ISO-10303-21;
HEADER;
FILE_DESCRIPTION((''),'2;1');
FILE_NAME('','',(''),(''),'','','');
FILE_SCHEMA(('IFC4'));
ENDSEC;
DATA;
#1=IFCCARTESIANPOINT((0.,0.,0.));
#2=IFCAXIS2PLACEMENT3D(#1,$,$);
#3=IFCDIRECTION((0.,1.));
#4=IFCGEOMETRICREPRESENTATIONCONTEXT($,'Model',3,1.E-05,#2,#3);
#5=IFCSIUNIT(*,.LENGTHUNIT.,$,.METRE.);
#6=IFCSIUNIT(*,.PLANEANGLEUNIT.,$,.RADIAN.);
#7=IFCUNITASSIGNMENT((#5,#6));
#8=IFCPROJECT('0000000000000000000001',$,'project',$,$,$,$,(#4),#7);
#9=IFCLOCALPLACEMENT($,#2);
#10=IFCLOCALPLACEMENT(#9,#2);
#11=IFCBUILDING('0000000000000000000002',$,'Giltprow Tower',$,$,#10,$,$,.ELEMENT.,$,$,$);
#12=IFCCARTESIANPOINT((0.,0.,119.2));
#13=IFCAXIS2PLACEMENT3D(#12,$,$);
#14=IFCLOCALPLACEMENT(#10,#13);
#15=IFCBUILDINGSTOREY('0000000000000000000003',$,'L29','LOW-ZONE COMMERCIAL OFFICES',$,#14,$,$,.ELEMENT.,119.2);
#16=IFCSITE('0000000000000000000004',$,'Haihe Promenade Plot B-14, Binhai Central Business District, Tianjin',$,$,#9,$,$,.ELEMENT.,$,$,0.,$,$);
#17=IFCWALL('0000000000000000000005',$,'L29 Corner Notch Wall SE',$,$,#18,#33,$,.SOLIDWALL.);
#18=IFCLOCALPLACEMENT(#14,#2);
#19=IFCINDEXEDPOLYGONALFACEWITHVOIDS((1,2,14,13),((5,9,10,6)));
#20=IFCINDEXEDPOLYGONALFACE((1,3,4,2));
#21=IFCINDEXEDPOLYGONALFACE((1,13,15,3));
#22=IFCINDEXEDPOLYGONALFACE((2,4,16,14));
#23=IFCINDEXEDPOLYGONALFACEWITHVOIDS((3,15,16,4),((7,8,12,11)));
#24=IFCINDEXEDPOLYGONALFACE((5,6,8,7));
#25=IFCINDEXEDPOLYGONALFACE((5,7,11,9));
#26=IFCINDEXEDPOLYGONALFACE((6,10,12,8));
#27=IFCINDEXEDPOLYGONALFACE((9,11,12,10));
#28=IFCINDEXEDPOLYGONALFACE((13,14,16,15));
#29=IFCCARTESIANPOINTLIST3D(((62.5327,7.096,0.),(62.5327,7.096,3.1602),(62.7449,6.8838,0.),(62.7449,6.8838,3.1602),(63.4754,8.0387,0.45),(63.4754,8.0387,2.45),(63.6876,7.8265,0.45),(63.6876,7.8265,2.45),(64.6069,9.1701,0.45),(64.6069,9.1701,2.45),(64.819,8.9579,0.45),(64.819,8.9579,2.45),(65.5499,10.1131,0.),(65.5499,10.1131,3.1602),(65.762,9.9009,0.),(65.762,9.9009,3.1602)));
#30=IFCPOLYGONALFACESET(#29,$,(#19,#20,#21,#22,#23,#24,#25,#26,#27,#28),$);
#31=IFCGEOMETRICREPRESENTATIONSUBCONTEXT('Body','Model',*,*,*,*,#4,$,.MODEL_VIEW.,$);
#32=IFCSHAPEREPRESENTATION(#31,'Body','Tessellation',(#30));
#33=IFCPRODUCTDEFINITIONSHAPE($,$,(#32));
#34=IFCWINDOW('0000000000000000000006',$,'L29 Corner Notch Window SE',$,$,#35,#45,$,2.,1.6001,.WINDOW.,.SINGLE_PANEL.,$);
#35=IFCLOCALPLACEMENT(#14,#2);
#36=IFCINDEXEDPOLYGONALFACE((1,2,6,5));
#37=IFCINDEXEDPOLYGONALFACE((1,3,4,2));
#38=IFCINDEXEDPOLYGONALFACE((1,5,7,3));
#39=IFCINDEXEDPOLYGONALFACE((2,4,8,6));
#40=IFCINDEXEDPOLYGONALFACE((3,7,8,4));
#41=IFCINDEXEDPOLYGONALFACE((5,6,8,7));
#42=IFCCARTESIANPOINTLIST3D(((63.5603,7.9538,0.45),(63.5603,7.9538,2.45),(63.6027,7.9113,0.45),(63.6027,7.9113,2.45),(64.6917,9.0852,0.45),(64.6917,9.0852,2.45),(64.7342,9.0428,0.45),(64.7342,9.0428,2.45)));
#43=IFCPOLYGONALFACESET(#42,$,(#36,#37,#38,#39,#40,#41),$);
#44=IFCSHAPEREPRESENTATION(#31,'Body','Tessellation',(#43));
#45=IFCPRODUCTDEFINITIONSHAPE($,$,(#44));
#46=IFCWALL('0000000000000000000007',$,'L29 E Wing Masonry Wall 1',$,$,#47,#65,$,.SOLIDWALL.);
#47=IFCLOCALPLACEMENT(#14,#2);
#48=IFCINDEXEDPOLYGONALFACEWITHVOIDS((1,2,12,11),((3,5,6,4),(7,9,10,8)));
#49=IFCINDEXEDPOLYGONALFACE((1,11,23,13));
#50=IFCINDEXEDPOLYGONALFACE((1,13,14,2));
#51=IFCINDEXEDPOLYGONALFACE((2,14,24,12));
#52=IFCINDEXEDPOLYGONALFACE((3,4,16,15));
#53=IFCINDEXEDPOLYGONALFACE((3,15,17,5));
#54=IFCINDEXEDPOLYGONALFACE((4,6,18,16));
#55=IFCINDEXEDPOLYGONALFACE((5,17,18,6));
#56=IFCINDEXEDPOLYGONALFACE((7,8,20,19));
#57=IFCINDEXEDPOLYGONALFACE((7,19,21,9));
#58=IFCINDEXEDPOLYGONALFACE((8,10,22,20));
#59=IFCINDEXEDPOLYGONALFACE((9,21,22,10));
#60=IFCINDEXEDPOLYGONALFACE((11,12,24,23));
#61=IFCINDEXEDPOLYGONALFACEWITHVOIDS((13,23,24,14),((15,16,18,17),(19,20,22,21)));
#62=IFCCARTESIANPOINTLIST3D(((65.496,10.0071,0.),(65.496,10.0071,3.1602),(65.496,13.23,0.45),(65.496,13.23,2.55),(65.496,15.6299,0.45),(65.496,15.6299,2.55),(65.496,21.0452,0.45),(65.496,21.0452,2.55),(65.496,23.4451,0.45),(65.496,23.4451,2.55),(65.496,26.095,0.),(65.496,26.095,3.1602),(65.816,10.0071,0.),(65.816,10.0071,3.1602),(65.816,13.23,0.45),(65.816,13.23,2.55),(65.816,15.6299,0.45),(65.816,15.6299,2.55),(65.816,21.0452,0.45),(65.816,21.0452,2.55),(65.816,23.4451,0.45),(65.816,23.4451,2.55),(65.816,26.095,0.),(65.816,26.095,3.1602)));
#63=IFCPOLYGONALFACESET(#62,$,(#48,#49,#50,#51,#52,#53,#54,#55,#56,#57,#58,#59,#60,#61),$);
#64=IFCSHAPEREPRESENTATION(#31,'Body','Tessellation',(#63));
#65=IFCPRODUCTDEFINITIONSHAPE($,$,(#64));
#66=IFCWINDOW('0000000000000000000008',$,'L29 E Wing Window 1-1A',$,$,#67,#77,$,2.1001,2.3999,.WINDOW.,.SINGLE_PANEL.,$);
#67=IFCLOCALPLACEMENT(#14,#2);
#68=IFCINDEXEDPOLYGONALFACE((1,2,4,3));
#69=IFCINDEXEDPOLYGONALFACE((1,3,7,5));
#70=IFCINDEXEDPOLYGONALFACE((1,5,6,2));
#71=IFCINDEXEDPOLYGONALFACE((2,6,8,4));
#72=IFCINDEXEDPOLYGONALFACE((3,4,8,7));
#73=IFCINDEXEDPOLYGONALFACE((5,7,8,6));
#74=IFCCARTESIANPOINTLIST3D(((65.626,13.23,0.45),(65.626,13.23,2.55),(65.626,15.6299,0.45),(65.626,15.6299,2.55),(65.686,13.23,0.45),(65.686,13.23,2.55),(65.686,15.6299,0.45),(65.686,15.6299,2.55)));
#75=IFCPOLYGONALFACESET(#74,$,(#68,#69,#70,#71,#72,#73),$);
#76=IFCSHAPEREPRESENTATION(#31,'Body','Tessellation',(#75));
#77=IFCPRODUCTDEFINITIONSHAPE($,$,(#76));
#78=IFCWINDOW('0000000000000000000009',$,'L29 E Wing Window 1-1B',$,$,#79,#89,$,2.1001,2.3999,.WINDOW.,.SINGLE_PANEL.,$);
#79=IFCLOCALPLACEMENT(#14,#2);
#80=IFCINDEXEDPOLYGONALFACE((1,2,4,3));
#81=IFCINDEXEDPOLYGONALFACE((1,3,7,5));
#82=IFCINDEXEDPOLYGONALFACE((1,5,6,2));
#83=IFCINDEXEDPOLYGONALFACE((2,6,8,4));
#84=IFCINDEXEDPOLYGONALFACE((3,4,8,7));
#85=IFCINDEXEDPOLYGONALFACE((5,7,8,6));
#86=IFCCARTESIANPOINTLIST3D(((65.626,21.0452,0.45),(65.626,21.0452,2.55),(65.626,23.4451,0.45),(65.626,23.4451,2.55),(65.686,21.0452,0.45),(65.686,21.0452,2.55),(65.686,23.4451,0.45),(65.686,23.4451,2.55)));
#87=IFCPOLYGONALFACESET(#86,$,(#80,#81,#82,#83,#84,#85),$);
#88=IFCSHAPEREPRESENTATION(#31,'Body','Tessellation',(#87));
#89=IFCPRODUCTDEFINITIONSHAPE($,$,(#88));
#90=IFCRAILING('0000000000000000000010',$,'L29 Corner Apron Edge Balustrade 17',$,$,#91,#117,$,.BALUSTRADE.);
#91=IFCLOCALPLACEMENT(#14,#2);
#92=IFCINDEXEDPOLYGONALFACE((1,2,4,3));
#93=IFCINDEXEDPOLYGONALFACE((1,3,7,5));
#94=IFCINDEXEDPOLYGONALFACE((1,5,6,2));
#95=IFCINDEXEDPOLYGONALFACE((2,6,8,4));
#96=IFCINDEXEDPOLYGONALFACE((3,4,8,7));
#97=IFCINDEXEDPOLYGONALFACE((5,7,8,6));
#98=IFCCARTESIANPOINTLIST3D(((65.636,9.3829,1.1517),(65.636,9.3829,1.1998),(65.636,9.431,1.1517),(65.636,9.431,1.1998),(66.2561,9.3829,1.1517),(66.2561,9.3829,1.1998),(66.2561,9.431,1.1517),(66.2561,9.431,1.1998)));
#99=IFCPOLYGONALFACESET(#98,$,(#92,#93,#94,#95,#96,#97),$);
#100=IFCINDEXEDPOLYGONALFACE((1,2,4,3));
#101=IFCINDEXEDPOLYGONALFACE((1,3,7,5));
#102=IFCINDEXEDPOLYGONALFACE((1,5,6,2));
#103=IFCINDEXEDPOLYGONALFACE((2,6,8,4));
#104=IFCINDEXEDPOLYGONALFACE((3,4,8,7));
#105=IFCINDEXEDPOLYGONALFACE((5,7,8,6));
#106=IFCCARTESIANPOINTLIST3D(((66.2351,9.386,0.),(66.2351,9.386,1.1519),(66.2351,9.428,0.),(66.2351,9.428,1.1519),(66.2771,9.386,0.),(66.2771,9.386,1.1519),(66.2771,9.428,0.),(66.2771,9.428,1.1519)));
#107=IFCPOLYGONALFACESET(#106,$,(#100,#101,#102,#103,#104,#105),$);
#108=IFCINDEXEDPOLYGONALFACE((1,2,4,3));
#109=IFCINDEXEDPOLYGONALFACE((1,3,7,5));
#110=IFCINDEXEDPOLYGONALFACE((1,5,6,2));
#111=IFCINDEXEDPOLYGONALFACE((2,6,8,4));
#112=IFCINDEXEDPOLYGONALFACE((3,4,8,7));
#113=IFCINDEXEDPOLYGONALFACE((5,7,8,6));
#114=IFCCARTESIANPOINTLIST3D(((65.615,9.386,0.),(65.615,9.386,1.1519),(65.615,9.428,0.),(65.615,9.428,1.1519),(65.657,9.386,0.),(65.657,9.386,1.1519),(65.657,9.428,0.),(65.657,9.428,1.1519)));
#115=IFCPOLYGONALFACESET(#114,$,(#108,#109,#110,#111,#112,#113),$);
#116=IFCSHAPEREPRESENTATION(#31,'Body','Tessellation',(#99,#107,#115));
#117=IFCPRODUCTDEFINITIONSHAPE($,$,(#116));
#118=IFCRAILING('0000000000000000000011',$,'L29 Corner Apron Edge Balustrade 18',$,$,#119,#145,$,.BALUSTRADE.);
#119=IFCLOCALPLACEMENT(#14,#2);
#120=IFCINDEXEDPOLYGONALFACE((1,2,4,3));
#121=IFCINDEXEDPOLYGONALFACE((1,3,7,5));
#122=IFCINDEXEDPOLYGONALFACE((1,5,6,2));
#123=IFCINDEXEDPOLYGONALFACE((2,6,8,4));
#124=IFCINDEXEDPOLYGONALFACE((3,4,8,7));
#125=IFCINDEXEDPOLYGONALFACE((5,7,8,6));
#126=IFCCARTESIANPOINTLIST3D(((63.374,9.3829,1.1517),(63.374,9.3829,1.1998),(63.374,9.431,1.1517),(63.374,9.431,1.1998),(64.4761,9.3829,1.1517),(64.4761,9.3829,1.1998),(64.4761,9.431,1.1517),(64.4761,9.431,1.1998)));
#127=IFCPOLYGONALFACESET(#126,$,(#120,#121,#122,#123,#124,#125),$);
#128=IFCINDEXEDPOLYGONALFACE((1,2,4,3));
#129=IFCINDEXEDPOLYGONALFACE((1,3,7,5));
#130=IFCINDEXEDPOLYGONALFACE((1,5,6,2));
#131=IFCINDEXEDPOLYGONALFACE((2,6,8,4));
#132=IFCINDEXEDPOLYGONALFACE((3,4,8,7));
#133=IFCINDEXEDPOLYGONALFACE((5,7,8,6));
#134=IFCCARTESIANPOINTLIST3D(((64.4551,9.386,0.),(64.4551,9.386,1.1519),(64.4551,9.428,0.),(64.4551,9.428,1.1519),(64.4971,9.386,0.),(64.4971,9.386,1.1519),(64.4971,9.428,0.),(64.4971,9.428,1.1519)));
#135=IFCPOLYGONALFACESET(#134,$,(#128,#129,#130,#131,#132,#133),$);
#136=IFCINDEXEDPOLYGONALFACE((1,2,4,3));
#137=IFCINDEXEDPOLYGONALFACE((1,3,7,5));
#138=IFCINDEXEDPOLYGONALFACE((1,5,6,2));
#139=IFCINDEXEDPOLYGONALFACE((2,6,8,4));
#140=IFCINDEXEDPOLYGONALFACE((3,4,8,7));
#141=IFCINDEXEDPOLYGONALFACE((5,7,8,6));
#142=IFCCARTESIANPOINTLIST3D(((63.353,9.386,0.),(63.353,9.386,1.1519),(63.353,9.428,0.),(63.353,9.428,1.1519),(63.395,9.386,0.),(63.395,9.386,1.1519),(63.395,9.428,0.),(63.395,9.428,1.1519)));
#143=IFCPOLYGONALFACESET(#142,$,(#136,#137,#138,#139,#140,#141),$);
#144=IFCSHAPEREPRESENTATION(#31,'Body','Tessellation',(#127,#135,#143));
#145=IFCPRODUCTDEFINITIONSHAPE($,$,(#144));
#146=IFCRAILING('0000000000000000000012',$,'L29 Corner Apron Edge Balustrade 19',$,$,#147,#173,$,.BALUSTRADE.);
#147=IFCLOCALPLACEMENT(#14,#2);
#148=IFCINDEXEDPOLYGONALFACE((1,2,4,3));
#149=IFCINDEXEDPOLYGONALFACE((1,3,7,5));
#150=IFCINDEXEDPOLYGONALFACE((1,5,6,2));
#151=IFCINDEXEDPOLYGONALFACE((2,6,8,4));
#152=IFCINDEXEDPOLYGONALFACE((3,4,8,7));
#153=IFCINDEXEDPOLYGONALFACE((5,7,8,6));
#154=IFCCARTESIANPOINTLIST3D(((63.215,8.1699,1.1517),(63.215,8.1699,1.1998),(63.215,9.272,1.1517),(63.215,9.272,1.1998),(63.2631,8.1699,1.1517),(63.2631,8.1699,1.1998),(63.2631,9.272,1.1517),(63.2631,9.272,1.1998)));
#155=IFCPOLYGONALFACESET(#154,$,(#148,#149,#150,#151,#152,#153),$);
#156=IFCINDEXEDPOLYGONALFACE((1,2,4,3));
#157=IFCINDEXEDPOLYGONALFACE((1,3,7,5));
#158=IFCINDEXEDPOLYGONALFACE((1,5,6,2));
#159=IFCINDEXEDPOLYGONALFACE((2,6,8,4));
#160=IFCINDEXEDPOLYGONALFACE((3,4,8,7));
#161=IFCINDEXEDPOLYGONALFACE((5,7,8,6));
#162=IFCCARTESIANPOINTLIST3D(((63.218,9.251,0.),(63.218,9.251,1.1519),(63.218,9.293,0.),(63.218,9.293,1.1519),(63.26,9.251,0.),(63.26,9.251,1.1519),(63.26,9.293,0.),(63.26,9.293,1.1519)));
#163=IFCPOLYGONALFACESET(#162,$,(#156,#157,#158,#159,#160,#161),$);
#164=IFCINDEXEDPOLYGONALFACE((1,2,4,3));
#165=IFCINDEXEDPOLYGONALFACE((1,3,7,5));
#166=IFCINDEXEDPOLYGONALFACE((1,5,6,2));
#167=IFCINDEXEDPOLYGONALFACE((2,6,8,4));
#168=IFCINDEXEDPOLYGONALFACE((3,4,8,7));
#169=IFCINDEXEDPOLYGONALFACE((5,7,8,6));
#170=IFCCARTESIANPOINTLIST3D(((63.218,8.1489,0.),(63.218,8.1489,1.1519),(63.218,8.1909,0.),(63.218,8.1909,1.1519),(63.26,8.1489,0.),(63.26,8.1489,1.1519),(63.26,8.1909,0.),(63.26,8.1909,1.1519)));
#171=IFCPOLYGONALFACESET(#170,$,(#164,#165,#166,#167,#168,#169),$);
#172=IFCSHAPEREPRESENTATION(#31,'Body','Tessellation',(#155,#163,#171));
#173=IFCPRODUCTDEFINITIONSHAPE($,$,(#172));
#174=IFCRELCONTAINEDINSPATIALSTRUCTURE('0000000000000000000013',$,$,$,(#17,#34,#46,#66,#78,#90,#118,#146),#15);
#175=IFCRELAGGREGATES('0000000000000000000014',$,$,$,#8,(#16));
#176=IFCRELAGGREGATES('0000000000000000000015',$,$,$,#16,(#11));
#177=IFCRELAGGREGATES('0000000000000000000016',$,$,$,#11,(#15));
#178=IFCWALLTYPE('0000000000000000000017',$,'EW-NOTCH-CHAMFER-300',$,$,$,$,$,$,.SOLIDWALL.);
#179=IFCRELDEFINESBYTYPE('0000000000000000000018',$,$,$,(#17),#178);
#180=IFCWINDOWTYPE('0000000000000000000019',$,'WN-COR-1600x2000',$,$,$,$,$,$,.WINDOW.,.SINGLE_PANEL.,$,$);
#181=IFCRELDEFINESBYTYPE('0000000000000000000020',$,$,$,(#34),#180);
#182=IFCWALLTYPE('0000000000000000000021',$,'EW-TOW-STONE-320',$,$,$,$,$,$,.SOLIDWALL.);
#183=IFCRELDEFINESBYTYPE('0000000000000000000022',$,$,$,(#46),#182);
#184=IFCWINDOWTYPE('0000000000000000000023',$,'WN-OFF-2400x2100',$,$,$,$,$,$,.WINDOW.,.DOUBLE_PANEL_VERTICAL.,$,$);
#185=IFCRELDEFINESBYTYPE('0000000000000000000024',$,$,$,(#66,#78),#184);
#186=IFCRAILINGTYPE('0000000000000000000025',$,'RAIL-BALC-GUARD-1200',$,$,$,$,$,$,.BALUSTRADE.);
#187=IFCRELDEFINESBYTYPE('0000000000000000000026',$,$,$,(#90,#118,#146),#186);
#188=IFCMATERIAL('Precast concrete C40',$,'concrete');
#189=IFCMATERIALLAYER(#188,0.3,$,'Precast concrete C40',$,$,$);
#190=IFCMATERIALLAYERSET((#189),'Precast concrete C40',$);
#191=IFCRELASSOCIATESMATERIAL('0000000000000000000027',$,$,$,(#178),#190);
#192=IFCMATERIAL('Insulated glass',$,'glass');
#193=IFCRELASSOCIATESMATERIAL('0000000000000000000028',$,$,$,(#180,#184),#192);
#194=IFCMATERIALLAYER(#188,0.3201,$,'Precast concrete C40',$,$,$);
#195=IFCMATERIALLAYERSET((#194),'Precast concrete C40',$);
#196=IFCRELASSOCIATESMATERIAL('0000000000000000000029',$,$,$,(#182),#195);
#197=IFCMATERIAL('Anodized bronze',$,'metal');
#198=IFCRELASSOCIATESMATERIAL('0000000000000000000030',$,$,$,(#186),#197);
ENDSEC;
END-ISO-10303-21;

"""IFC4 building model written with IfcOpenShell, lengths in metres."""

from ifc_helpers import new_model, si_unit, direction, frame, frame_2d, origin, origin_2d, place, context, subcontext, project, spatial, rectangle, extrude, source, transform, mapped, material, layer, layer_set, type_object, element, fill, save


model = new_model("IFC4")

# Units and contexts
model_context = context("Model", 3, precision=1e-05, world=origin(), true_north=direction((0.0, 1.0)))
body_context = subcontext(model_context, "Body", "Model", "MODEL_VIEW")
ifc_project = project(units=[si_unit("LENGTHUNIT", "METRE"), si_unit("PLANEANGLEUNIT", "RADIAN")], contexts=[model_context])

# Site, building, storey
site_placement = place(None, origin())
site = spatial("IfcSite", under=ifc_project, at=site_placement, Name="Haihe Promenade Plot B-14, Binhai Central Business District, Tianjin", CompositionType="ELEMENT", RefElevation=0.0)
building_placement = place(site_placement, origin())
building = spatial("IfcBuilding", under=site, at=building_placement, Name="Giltprow Tower", CompositionType="ELEMENT")
storey_placement = place(building_placement, frame((0.0, 0.0, 119.2)))
storey = spatial("IfcBuildingStorey", under=building, at=storey_placement, Name="L29", Description="LOW-ZONE COMMERCIAL OFFICES", CompositionType="ELEMENT", Elevation=119.2)

# Shared definitions
ifc_material_1 = material(Name="Anodized bronze", Category="metal")

# Shared definitions
ifc_material_2 = material(Name="Insulated glass", Category="glass")

# Wall, opening, window
ifc_material_3 = material(Name="Precast concrete C40", Category="concrete")
ifc_layer_1 = layer(ifc_material_3, 0.3, Name="Precast concrete C40")
ifc_layer_set_1 = layer_set([ifc_layer_1], Name="Precast concrete C40")
wall_type_1 = type_object("IfcWallType", Name="EW-NOTCH-CHAMFER-300", PredefinedType="SOLIDWALL", material=ifc_layer_set_1)
wall_1_placement = place(storey_placement, frame((62.6389, 6.99, 0.0), z_axis=(0.0, 0.0, 1.0), x_axis=(0.707107, 0.707107, 0.0)))
wall_1 = element("IfcWall", 1, at=wall_1_placement, inside=storey, type_object=wall_type_1, Name="L29 Corner Notch Wall SE", PredefinedType="SOLIDWALL", context=body_context, shape_type="SweptSolid", body=[
    extrude(rectangle(XDim=4.2668, YDim=0.3, at=frame_2d((2.1333, 0.0))), origin(), (0.0, 0.0, 1.0), 3.1602),
])
opening_1_placement = place(wall_1_placement, frame((1.333, 0.0, 0.45)))
opening_1 = element("IfcOpeningElement", 2, at=opening_1_placement, cuts=wall_1, PredefinedType="OPENING", context=body_context, shape_type="SweptSolid", body=[
    extrude(rectangle(XDim=1.6001, YDim=2.0, at=frame_2d((0.8, 1.0))), frame((0.0, 0.1599, 0.0), z_axis=(0.0, -1.0, 0.0), x_axis=(1.0, 0.0, 0.0)), (0.0, 0.0, 1.0), 0.3201),
])
window_type_1 = type_object("IfcWindowType", Name="WN-COR-1600x2000", PartitioningType="SINGLE_PANEL", PredefinedType="WINDOW", material=ifc_material_2)
shared_shape_1 = source(origin(), body_context, "Body", "SweptSolid", [
    extrude(rectangle(XDim=1.6001, YDim=2.0, at=frame_2d((0.8, 1.0))), frame((0.0, 0.03, 0.0), z_axis=(0.0, -1.0, 0.0), x_axis=(1.0, 0.0, 0.0)), (0.0, 0.0, 1.0), 0.0601),
])
window_1_placement = place(opening_1_placement, origin())
window_1 = element("IfcWindow", 3, at=window_1_placement, inside=storey, type_object=window_type_1, Name="L29 Corner Notch Window SE", OverallHeight=2.0, OverallWidth=1.6001, PartitioningType="SINGLE_PANEL", PredefinedType="WINDOW", context=body_context, shape_type="MappedRepresentation", body=[
    mapped(shared_shape_1, transform((0.0, 0.0, 0.0), x_axis=(1.0, 0.0, 0.0), y_axis=(0.0, 1.0, 0.0), z_axis=(0.0, 0.0, 1.0), scale=1.0)),
])
fill(opening_1, window_1)

# Wall, openings, windows
ifc_layer_2 = layer(ifc_material_3, 0.3201, Name="Precast concrete C40")
ifc_layer_set_2 = layer_set([ifc_layer_2], Name="Precast concrete C40")
wall_type_2 = type_object("IfcWallType", Name="EW-TOW-STONE-320", PredefinedType="SOLIDWALL", material=ifc_layer_set_2)
wall_2_placement = place(storey_placement, frame((65.656, 10.0071, 0.0), z_axis=(0.0, 0.0, 1.0), x_axis=(0.0, 1.0, 0.0)))
wall_2 = element("IfcWall", 4, at=wall_2_placement, inside=storey, type_object=wall_type_2, Name="L29 E Wing Masonry Wall 1", PredefinedType="SOLIDWALL", context=body_context, shape_type="SweptSolid", body=[
    extrude(rectangle(XDim=16.0879, YDim=0.3201, at=frame_2d((8.0439, 0.0))), origin(), (0.0, 0.0, 1.0), 3.1602),
])
opening_2_placement = place(wall_2_placement, frame((3.2229, 0.0, 0.45)))
opening_2 = element("IfcOpeningElement", 5, at=opening_2_placement, cuts=wall_2, PredefinedType="OPENING", context=body_context, shape_type="SweptSolid", body=[
    extrude(rectangle(XDim=2.3999, YDim=2.1001, at=frame_2d((1.2, 1.05))), frame((0.0, 0.1699, 0.0), z_axis=(0.0, -1.0, 0.0), x_axis=(1.0, 0.0, 0.0)), (0.0, 0.0, 1.0), 0.3401),
])
opening_3_placement = place(wall_2_placement, frame((11.0381, 0.0, 0.45)))
opening_3 = element("IfcOpeningElement", 6, at=opening_3_placement, cuts=wall_2, PredefinedType="OPENING", context=body_context, shape_type="SweptSolid", body=[
    extrude(rectangle(XDim=2.3999, YDim=2.1001, at=frame_2d((1.2, 1.05))), frame((0.0, 0.1699, 0.0), z_axis=(0.0, -1.0, 0.0), x_axis=(1.0, 0.0, 0.0)), (0.0, 0.0, 1.0), 0.3401),
])
window_type_2 = type_object("IfcWindowType", Name="WN-OFF-2400x2100", PartitioningType="DOUBLE_PANEL_VERTICAL", PredefinedType="WINDOW", material=ifc_material_2)
shared_shape_2 = source(origin(), body_context, "Body", "SweptSolid", [
    extrude(rectangle(XDim=2.3999, YDim=2.1001, at=frame_2d((1.2, 1.05))), frame((0.0, 0.03, 0.0), z_axis=(0.0, -1.0, 0.0), x_axis=(1.0, 0.0, 0.0)), (0.0, 0.0, 1.0), 0.0601),
])
window_2_placement = place(opening_2_placement, origin())
window_2 = element("IfcWindow", 7, at=window_2_placement, inside=storey, type_object=window_type_2, Name="L29 E Wing Window 1-1A", OverallHeight=2.1001, OverallWidth=2.3999, PartitioningType="SINGLE_PANEL", PredefinedType="WINDOW", context=body_context, shape_type="MappedRepresentation", body=[
    mapped(shared_shape_2, transform((0.0, 0.0, 0.0), x_axis=(1.0, 0.0, 0.0), y_axis=(0.0, 1.0, 0.0), z_axis=(0.0, 0.0, 1.0), scale=1.0)),
])
fill(opening_2, window_2)
window_3_placement = place(opening_3_placement, origin())
window_3 = element("IfcWindow", 8, at=window_3_placement, inside=storey, type_object=window_type_2, Name="L29 E Wing Window 1-1B", OverallHeight=2.1001, OverallWidth=2.3999, PartitioningType="SINGLE_PANEL", PredefinedType="WINDOW", context=body_context, shape_type="MappedRepresentation", body=[
    mapped(shared_shape_2, transform((0.0, 0.0, 0.0), x_axis=(1.0, 0.0, 0.0), y_axis=(0.0, 1.0, 0.0), z_axis=(0.0, 0.0, 1.0), scale=1.0)),
])
fill(opening_3, window_3)

# Railings
railing_type = type_object("IfcRailingType", Name="RAIL-BALC-GUARD-1200", PredefinedType="BALUSTRADE", material=ifc_material_1)
railing_1_placement = place(storey_placement, frame((66.2561, 9.407, 0.0)))
element("IfcRailing", 9, at=railing_1_placement, inside=storey, type_object=railing_type, Name="L29 Corner Apron Edge Balustrade 17", PredefinedType="BALUSTRADE", context=body_context, shape_type="SweptSolid", body=[
    extrude(rectangle(XDim=0.0481, YDim=0.0481, at=origin_2d()), frame((0.0, 0.0, 1.1758), z_axis=(-1.0, 0.0, 0.0), x_axis=(0.0, -1.0, 0.0)), (0.0, 0.0, 1.0), 0.6201),
    extrude(rectangle(XDim=0.042, YDim=0.042, at=origin_2d()), origin(), (0.0, 0.0, 1.0), 1.1519),
    extrude(rectangle(XDim=0.042, YDim=0.042, at=origin_2d()), frame((-0.6201, 0.0, 0.0)), (0.0, 0.0, 1.0), 1.1519),
])
railing_2_placement = place(storey_placement, frame((64.4761, 9.407, 0.0)))
element("IfcRailing", 10, at=railing_2_placement, inside=storey, type_object=railing_type, Name="L29 Corner Apron Edge Balustrade 18", PredefinedType="BALUSTRADE", context=body_context, shape_type="SweptSolid", body=[
    extrude(rectangle(XDim=0.0481, YDim=0.0481, at=origin_2d()), frame((0.0, 0.0, 1.1758), z_axis=(-1.0, 0.0, 0.0), x_axis=(0.0, -1.0, 0.0)), (0.0, 0.0, 1.0), 1.1021),
    extrude(rectangle(XDim=0.042, YDim=0.042, at=origin_2d()), origin(), (0.0, 0.0, 1.0), 1.1519),
    extrude(rectangle(XDim=0.042, YDim=0.042, at=origin_2d()), frame((-1.1021, 0.0, 0.0)), (0.0, 0.0, 1.0), 1.1519),
])
railing_3_placement = place(storey_placement, frame((63.239, 9.272, 0.0)))
element("IfcRailing", 11, at=railing_3_placement, inside=storey, type_object=railing_type, Name="L29 Corner Apron Edge Balustrade 19", PredefinedType="BALUSTRADE", context=body_context, shape_type="SweptSolid", body=[
    extrude(rectangle(XDim=0.0481, YDim=0.0481, at=origin_2d()), frame((0.0, 0.0, 1.1758), z_axis=(0.0, -1.0, 0.0), x_axis=(1.0, 0.0, 0.0)), (0.0, 0.0, 1.0), 1.1021),
    extrude(rectangle(XDim=0.042, YDim=0.042, at=origin_2d()), origin(), (0.0, 0.0, 1.0), 1.1519),
    extrude(rectangle(XDim=0.042, YDim=0.042, at=origin_2d()), frame((0.0, -1.1021, 0.0)), (0.0, 0.0, 1.0), 1.1519),
])

save(model, "model.ifc")
